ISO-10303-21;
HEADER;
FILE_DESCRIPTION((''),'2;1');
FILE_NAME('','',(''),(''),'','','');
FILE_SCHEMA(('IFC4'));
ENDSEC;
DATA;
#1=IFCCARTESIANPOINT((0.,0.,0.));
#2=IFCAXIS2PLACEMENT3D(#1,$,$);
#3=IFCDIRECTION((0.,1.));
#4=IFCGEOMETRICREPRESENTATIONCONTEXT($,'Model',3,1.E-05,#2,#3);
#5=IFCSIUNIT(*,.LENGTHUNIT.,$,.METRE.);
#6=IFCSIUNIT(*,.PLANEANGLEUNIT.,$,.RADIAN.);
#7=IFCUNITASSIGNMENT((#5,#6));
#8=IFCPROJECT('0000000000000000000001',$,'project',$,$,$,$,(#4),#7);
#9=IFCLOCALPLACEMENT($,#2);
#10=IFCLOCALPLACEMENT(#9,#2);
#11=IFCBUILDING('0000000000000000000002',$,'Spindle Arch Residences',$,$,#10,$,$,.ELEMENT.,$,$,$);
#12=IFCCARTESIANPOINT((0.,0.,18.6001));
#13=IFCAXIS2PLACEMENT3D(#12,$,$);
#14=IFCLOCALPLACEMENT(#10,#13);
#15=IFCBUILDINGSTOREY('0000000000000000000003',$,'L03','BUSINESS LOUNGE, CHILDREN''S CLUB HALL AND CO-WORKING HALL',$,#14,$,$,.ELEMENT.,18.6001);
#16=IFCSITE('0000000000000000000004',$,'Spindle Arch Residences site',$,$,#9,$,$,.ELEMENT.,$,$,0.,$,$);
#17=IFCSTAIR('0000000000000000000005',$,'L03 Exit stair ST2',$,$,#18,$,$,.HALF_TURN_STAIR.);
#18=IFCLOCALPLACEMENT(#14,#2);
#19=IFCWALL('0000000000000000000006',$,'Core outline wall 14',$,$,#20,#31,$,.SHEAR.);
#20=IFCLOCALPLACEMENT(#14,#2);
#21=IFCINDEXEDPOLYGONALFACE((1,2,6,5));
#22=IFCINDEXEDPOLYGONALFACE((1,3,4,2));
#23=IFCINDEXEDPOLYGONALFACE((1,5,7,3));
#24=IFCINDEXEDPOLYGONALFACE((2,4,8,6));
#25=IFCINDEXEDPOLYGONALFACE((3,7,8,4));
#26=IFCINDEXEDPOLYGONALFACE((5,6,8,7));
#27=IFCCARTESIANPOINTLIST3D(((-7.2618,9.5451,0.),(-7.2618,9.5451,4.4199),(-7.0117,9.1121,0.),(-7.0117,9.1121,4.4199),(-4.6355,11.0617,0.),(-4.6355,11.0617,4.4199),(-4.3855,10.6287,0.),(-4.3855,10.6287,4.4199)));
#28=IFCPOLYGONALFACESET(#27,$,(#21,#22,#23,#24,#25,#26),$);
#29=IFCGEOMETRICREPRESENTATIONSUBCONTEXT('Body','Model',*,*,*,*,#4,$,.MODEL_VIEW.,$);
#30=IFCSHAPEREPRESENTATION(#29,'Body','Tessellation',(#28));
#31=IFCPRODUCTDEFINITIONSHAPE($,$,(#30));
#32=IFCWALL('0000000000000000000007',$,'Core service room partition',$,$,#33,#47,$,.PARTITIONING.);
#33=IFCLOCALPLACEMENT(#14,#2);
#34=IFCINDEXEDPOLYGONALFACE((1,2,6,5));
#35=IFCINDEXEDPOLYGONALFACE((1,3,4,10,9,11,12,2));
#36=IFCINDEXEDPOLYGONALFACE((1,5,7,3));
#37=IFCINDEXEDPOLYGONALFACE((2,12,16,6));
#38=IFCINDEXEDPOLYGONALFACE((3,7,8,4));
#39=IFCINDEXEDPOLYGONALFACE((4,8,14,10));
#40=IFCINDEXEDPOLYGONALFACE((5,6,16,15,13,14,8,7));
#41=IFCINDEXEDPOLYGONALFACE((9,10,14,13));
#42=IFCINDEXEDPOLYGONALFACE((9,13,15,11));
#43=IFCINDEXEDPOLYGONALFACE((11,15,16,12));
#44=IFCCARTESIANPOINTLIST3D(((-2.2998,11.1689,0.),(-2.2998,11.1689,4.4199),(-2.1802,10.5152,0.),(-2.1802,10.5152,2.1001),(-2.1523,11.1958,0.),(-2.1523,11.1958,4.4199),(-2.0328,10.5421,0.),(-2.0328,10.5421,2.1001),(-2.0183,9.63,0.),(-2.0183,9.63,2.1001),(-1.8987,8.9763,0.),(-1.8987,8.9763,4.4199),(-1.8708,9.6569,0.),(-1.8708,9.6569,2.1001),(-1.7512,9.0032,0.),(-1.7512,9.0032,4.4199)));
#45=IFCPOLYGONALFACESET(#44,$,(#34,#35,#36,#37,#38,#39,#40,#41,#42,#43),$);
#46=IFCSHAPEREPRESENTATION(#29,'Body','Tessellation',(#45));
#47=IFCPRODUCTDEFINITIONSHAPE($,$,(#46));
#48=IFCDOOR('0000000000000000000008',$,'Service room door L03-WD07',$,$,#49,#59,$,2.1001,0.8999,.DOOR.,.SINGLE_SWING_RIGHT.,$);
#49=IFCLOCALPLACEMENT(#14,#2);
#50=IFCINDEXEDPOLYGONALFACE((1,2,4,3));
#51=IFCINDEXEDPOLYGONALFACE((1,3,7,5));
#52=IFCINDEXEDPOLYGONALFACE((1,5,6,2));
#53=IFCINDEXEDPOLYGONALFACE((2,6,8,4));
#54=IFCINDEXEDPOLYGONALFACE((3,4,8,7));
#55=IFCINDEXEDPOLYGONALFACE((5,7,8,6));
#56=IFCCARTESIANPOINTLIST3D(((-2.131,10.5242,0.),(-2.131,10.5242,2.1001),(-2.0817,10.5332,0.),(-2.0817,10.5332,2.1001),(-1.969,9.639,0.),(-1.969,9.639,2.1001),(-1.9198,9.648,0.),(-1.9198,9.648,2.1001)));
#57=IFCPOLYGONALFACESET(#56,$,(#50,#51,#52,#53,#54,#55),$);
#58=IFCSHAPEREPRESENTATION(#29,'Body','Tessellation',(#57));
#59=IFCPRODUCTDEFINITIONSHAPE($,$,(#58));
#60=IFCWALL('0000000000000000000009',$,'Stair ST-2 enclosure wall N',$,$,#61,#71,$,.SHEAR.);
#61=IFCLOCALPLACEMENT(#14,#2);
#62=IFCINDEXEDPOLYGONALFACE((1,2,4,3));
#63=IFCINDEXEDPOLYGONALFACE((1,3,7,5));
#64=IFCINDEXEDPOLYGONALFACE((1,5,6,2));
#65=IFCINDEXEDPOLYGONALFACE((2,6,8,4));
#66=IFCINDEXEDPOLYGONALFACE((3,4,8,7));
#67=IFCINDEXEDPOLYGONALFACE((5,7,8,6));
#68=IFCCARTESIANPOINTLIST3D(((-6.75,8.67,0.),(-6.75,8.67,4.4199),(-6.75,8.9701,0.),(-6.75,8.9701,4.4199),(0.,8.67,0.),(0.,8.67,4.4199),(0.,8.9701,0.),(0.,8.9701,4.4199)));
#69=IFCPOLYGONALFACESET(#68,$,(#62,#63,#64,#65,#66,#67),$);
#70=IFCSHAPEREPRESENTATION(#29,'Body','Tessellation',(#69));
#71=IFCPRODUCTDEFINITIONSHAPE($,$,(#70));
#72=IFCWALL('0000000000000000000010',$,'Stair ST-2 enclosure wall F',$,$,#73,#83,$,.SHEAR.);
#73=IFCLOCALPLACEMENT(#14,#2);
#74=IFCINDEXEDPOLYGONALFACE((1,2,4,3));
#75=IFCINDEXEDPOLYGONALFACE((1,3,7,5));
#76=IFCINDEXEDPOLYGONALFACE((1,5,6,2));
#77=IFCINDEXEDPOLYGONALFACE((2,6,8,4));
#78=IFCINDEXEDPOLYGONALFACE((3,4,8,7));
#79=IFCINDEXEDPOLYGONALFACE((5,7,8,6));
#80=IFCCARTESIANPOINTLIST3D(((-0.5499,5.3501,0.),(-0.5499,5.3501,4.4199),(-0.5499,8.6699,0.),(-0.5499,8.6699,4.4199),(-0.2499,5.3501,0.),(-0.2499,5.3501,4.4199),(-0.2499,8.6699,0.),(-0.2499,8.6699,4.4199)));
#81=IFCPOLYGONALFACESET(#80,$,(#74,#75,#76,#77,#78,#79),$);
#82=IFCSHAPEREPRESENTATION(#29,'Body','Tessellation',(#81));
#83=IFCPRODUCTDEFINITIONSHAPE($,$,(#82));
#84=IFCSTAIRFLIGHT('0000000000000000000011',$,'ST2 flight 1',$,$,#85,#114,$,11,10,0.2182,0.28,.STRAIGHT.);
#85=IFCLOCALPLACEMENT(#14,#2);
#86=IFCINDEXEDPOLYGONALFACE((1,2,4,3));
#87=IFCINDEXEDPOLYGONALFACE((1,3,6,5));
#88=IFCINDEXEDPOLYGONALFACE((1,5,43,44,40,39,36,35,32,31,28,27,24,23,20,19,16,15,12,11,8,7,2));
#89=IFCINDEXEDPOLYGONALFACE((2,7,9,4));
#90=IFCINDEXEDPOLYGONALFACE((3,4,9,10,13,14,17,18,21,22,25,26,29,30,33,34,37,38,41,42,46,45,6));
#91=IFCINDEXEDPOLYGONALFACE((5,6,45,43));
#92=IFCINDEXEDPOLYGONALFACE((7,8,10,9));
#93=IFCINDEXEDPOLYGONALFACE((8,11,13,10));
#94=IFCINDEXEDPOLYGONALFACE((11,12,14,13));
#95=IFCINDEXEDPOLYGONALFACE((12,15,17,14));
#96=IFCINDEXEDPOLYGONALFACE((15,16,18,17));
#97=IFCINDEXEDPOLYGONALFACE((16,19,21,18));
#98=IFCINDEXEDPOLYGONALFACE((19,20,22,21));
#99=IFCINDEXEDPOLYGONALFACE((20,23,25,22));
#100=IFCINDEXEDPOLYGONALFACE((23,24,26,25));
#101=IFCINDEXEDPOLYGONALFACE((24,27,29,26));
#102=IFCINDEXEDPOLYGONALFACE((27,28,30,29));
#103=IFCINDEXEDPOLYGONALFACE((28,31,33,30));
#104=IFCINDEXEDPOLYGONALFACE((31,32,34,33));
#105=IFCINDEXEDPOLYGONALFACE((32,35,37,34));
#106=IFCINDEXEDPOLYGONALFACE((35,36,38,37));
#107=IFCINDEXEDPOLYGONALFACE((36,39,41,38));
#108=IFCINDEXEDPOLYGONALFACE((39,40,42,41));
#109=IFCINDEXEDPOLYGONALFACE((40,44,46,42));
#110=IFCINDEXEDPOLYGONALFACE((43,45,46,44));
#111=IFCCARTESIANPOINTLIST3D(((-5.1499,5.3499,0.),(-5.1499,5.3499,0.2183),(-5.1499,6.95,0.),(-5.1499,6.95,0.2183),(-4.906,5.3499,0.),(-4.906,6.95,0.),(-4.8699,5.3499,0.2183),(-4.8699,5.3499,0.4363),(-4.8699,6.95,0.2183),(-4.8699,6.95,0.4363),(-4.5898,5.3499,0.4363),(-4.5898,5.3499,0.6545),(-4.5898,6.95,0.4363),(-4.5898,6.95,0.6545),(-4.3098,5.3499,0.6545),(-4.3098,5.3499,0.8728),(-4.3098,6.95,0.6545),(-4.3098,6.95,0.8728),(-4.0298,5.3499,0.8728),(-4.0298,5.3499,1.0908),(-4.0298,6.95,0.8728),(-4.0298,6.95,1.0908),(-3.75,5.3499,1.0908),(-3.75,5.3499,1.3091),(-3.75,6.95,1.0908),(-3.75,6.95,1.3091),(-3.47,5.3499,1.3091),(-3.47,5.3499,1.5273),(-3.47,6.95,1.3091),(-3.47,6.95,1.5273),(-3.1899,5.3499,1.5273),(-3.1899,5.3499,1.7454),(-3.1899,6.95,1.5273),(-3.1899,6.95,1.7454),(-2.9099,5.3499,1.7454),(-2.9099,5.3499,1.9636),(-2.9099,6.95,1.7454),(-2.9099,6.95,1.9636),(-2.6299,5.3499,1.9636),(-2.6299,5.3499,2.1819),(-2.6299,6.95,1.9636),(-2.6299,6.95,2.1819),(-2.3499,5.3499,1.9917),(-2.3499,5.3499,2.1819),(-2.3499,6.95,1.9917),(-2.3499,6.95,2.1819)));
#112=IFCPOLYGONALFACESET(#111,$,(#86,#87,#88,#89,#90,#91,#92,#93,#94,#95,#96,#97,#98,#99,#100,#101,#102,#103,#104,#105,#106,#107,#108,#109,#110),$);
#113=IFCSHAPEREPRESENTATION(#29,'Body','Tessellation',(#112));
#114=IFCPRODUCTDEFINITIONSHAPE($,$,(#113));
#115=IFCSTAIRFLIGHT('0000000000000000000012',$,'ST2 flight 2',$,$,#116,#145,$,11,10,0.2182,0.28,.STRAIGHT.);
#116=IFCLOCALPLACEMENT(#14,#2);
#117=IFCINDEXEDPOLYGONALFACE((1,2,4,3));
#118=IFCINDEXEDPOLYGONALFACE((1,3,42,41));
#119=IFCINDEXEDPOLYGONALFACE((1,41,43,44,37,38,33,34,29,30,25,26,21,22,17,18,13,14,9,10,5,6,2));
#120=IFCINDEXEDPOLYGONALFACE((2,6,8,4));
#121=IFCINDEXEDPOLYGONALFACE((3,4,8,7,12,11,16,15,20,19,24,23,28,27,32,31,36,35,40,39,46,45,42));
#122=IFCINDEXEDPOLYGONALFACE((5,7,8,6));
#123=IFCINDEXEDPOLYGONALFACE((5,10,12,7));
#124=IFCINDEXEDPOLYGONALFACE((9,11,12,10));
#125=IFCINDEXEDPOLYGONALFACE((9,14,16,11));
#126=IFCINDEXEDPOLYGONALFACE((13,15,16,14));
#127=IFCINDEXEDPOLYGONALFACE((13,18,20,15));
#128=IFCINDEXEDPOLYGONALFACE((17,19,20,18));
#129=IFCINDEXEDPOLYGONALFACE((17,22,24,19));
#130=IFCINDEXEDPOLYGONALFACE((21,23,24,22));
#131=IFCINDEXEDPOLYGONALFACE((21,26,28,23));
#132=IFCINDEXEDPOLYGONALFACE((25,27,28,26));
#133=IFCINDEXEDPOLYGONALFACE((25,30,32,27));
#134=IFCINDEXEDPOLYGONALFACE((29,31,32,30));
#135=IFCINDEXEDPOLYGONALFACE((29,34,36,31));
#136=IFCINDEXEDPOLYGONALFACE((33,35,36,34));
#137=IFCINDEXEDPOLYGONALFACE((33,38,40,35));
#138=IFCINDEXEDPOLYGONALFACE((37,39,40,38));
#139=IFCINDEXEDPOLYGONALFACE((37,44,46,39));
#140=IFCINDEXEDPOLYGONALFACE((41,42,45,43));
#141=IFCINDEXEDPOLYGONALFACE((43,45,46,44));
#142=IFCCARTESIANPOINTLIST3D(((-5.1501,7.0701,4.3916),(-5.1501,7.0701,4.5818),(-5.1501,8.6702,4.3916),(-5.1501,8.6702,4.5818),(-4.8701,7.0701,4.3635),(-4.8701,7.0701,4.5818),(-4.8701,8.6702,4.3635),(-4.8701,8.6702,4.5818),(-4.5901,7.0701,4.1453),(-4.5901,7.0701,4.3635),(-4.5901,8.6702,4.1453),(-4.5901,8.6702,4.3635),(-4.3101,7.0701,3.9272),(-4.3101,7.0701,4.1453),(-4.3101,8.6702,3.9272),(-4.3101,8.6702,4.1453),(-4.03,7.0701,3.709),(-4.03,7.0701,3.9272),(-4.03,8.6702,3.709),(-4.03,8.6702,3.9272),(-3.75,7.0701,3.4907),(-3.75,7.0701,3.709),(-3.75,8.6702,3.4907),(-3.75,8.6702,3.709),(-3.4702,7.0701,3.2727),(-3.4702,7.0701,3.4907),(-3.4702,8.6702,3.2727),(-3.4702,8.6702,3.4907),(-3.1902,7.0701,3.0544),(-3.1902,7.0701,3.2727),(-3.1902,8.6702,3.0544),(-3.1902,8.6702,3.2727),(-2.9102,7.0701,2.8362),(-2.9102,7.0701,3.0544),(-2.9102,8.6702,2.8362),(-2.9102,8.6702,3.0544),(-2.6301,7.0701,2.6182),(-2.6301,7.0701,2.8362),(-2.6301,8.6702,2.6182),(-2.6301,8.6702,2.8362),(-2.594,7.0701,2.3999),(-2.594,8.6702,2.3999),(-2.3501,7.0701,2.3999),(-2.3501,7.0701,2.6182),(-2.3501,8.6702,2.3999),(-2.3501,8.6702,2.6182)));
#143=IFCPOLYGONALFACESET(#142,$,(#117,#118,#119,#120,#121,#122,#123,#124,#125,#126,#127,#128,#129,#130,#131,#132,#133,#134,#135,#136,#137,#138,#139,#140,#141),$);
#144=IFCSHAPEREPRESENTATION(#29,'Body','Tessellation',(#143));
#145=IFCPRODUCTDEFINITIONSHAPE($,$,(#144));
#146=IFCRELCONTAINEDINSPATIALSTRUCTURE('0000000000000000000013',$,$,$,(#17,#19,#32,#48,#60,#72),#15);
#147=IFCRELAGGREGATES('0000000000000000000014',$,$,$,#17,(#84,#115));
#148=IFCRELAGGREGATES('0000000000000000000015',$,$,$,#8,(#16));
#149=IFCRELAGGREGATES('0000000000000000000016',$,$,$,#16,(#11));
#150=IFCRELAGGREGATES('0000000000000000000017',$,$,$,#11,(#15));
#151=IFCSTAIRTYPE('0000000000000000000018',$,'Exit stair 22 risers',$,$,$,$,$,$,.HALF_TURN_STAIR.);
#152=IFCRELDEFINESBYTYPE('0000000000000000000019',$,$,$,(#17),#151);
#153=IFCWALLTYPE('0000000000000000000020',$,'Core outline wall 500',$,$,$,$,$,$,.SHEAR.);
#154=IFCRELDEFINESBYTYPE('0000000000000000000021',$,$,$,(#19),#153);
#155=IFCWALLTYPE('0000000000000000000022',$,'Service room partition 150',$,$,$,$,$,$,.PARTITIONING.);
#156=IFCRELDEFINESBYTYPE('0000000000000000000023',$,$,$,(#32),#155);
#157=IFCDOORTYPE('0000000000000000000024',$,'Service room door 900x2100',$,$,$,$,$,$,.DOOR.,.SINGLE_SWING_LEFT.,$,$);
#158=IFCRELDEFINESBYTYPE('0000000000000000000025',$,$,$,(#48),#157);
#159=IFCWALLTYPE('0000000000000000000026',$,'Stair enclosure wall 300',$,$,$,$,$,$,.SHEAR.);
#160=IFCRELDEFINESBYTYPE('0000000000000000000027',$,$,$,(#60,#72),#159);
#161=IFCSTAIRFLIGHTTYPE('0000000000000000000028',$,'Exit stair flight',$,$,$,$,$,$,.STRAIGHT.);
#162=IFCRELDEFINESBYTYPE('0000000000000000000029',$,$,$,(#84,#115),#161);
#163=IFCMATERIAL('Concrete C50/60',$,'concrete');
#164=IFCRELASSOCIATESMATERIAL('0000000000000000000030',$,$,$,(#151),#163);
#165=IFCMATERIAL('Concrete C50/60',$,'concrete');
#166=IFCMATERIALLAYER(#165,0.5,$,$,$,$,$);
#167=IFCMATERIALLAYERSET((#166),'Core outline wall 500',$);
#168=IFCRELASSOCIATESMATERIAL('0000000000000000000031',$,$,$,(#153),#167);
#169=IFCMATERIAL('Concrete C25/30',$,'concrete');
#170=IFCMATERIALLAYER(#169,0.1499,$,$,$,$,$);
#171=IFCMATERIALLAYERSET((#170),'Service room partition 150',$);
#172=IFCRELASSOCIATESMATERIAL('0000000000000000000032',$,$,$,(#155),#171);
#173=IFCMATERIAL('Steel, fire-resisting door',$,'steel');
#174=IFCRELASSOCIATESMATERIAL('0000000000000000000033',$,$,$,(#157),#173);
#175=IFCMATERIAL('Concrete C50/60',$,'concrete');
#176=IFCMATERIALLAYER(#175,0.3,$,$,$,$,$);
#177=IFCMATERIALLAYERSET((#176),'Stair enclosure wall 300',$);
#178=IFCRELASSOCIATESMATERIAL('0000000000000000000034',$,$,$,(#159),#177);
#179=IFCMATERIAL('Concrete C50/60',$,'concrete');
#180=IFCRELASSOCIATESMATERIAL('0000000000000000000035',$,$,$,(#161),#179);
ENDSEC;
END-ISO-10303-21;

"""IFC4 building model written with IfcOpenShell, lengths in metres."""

from ifc_helpers import new_model, si_unit, direction, frame, frame_2d, origin, place, context, subcontext, project, spatial, polyline, rectangle, outline, extrude, material, layer, layer_set, type_object, element, fill, aggregate, save


model = new_model("IFC4")

# Units and contexts
model_context = context("Model", 3, precision=1e-05, world=origin(), true_north=direction((0.0, 1.0)))
body_context = subcontext(model_context, "Body", "Model", "MODEL_VIEW")
ifc_project = project(units=[si_unit("LENGTHUNIT", "METRE"), si_unit("PLANEANGLEUNIT", "RADIAN")], contexts=[model_context])

# Site, building, storey
site_placement = place(None, origin())
site = spatial("IfcSite", under=ifc_project, at=site_placement, Name="Spindle Arch Residences site", CompositionType="ELEMENT", RefElevation=0.0)
building_placement = place(site_placement, origin())
building = spatial("IfcBuilding", under=site, at=building_placement, Name="Spindle Arch Residences", CompositionType="ELEMENT")
storey_placement = place(building_placement, frame((0.0, 0.0, 18.6001)))
storey = spatial("IfcBuildingStorey", under=building, at=storey_placement, Name="L03", Description="BUSINESS LOUNGE, CHILDREN'S CLUB HALL AND CO-WORKING HALL", CompositionType="ELEMENT", Elevation=18.6001)

# Stair
ifc_material_1 = material(Name="Concrete C50/60", Category="concrete")
stair_type = type_object("IfcStairType", Name="Exit stair 22 risers", PredefinedType="HALF_TURN_STAIR", material=ifc_material_1)
stair_1_placement = place(storey_placement, origin())
stair_1 = element("IfcStair", 1, at=stair_1_placement, inside=storey, type_object=stair_type, Name="L03 Exit stair ST2", PredefinedType="HALF_TURN_STAIR")

# Wall
ifc_material_2 = material(Name="Concrete C50/60", Category="concrete")
ifc_layer_1 = layer(ifc_material_2, 0.5)
ifc_layer_set_1 = layer_set([ifc_layer_1], Name="Core outline wall 500")
wall_type_1 = type_object("IfcWallType", Name="Core outline wall 500", PredefinedType="SHEAR", material=ifc_layer_set_1)
wall_1_placement = place(storey_placement, frame((-4.5105, 10.8452, 0.0), z_axis=(0.0, 0.0, 1.0), x_axis=(-0.865975, -0.500087, 0.0)))
element("IfcWall", 2, at=wall_1_placement, inside=storey, type_object=wall_type_1, Name="Core outline wall 14", PredefinedType="SHEAR", context=body_context, shape_type="SweptSolid", body=[
    extrude(rectangle(XDim=3.0327, YDim=0.5, at=frame_2d((1.5164, 0.0))), origin(), (0.0, 0.0, 1.0), 4.4199),
])

# Wall, opening, door
ifc_material_3 = material(Name="Concrete C25/30", Category="concrete")
ifc_layer_2 = layer(ifc_material_3, 0.1499)
ifc_layer_set_2 = layer_set([ifc_layer_2], Name="Service room partition 150")
wall_type_2 = type_object("IfcWallType", Name="Service room partition 150", PredefinedType="PARTITIONING", material=ifc_layer_set_2)
wall_2_placement = place(storey_placement, frame((-1.825, 8.9897, 0.0), z_axis=(0.0, 0.0, 1.0), x_axis=(-0.179955, 0.983675, 0.0)))
wall_2 = element("IfcWall", 3, at=wall_2_placement, inside=storey, type_object=wall_type_2, Name="Core service room partition", PredefinedType="PARTITIONING", context=body_context, shape_type="SweptSolid", body=[
    extrude(rectangle(XDim=2.229, YDim=0.1499, at=frame_2d((1.1145, 0.0))), origin(), (0.0, 0.0, 1.0), 4.4199),
])
opening_placement = place(wall_2_placement, frame((0.6646, 0.0, 0.0)))
opening = element("IfcOpeningElement", 4, at=opening_placement, cuts=wall_2, PredefinedType="OPENING", context=body_context, shape_type="SweptSolid", body=[
    extrude(rectangle(XDim=0.8999, YDim=2.1001, at=frame_2d((0.45, 1.05))), frame((0.0, 0.085, 0.0), z_axis=(0.0, -1.0, 0.0), x_axis=(1.0, 0.0, 0.0)), (0.0, 0.0, 1.0), 0.1699),
])
ifc_material_4 = material(Name="Steel, fire-resisting door", Category="steel")
door_type = type_object("IfcDoorType", Name="Service room door 900x2100", OperationType="SINGLE_SWING_LEFT", PredefinedType="DOOR", material=ifc_material_4)
door_placement = place(opening_placement, origin())
door = element("IfcDoor", 5, at=door_placement, inside=storey, type_object=door_type, Name="Service room door L03-WD07", OperationType="SINGLE_SWING_RIGHT", OverallHeight=2.1001, OverallWidth=0.8999, PredefinedType="DOOR", context=body_context, shape_type="SweptSolid", body=[
    extrude(rectangle(XDim=0.8999, YDim=2.1001, at=frame_2d((0.45, 1.05))), frame((0.0, 0.0249, 0.0), z_axis=(0.0, -1.0, 0.0), x_axis=(1.0, 0.0, 0.0)), (0.0, 0.0, 1.0), 0.05),
])
fill(opening, door)

# Walls
ifc_material_5 = material(Name="Concrete C50/60", Category="concrete")
ifc_layer_3 = layer(ifc_material_5, 0.3)
ifc_layer_set_3 = layer_set([ifc_layer_3], Name="Stair enclosure wall 300")
wall_type_3 = type_object("IfcWallType", Name="Stair enclosure wall 300", PredefinedType="SHEAR", material=ifc_layer_set_3)
wall_3_placement = place(storey_placement, frame((-6.75, 8.8201, 0.0), z_axis=(0.0, 0.0, 1.0), x_axis=(1.0, 0.0, 0.0)))
element("IfcWall", 6, at=wall_3_placement, inside=storey, type_object=wall_type_3, Name="Stair ST-2 enclosure wall N", PredefinedType="SHEAR", context=body_context, shape_type="SweptSolid", body=[
    extrude(rectangle(XDim=6.75, YDim=0.3, at=frame_2d((3.375, 0.0))), origin(), (0.0, 0.0, 1.0), 4.4199),
])
wall_4_placement = place(storey_placement, frame((-0.3999, 5.3501, 0.0), z_axis=(0.0, 0.0, 1.0), x_axis=(0.0, 1.0, 0.0)))
element("IfcWall", 7, at=wall_4_placement, inside=storey, type_object=wall_type_3, Name="Stair ST-2 enclosure wall F", PredefinedType="SHEAR", context=body_context, shape_type="SweptSolid", body=[
    extrude(rectangle(XDim=3.3198, YDim=0.3, at=frame_2d((1.6599, 0.0))), origin(), (0.0, 0.0, 1.0), 4.4199),
])

# Stair flights
ifc_material_6 = material(Name="Concrete C50/60", Category="concrete")
stair_flight_type = type_object("IfcStairFlightType", Name="Exit stair flight", PredefinedType="STRAIGHT", material=ifc_material_6)
stair_flight_1_placement = place(storey_placement, frame((-5.1499, 6.1499, 0.0), z_axis=(0.0, 0.0, 1.0), x_axis=(1.0, 0.0, 0.0)))
stair_flight_1 = element("IfcStairFlight", 8, at=stair_flight_1_placement, type_object=stair_flight_type, Name="ST2 flight 1", NumberOfRisers=11, NumberOfTreads=10, PredefinedType="STRAIGHT", RiserHeight=0.2182, TreadLength=0.28, context=body_context, shape_type="SweptSolid", body=[
    extrude(outline(polyline([(0.0, 0.0), (0.0, 0.2183), (0.28, 0.2183), (0.28, 0.4363), (0.5601, 0.4363), (0.5601, 0.6545), (0.8401, 0.6545), (0.8401, 0.8728), (1.1201, 0.8728), (1.1201, 1.0908), (1.3999, 1.0908), (1.3999, 1.3091), (1.6799, 1.3091), (1.6799, 1.5273), (1.96, 1.5273), (1.96, 1.7454), (2.24, 1.7454), (2.24, 1.9636), (2.52, 1.9636), (2.52, 2.1819), (2.8, 2.1819), (2.8, 2.3999), (2.8, 1.9917), (0.2439, 0.0), (0.0, 0.0)])), frame((0.0, 0.8, 0.0), z_axis=(0.0, -1.0, 0.0), x_axis=(1.0, 0.0, 0.0)), (0.0, 0.0, 1.0), 1.6001),
])
stair_flight_2_placement = place(storey_placement, frame((-2.3501, 7.8701, 2.3999), z_axis=(0.0, 0.0, 1.0), x_axis=(-1.0, 0.0, 0.0)))
stair_flight_2 = element("IfcStairFlight", 9, at=stair_flight_2_placement, type_object=stair_flight_type, Name="ST2 flight 2", NumberOfRisers=11, NumberOfTreads=10, PredefinedType="STRAIGHT", RiserHeight=0.2182, TreadLength=0.28, context=body_context, shape_type="SweptSolid", body=[
    extrude(outline(polyline([(0.0, 0.0), (0.0, 0.2183), (0.28, 0.2183), (0.28, 0.4363), (0.5601, 0.4363), (0.5601, 0.6545), (0.8401, 0.6545), (0.8401, 0.8728), (1.1201, 0.8728), (1.1201, 1.0908), (1.3999, 1.0908), (1.3999, 1.3091), (1.6799, 1.3091), (1.6799, 1.5273), (1.96, 1.5273), (1.96, 1.7454), (2.24, 1.7454), (2.24, 1.9636), (2.52, 1.9636), (2.52, 2.1819), (2.8, 2.1819), (2.8, 2.3999), (2.8, 1.9917), (0.2439, 0.0), (0.0, 0.0)])), frame((0.0, 0.8, 0.0), z_axis=(0.0, -1.0, 0.0), x_axis=(1.0, 0.0, 0.0)), (0.0, 0.0, 1.0), 1.6001),
])
aggregate(stair_1, [stair_flight_1, stair_flight_2])

save(model, "model.ifc")
